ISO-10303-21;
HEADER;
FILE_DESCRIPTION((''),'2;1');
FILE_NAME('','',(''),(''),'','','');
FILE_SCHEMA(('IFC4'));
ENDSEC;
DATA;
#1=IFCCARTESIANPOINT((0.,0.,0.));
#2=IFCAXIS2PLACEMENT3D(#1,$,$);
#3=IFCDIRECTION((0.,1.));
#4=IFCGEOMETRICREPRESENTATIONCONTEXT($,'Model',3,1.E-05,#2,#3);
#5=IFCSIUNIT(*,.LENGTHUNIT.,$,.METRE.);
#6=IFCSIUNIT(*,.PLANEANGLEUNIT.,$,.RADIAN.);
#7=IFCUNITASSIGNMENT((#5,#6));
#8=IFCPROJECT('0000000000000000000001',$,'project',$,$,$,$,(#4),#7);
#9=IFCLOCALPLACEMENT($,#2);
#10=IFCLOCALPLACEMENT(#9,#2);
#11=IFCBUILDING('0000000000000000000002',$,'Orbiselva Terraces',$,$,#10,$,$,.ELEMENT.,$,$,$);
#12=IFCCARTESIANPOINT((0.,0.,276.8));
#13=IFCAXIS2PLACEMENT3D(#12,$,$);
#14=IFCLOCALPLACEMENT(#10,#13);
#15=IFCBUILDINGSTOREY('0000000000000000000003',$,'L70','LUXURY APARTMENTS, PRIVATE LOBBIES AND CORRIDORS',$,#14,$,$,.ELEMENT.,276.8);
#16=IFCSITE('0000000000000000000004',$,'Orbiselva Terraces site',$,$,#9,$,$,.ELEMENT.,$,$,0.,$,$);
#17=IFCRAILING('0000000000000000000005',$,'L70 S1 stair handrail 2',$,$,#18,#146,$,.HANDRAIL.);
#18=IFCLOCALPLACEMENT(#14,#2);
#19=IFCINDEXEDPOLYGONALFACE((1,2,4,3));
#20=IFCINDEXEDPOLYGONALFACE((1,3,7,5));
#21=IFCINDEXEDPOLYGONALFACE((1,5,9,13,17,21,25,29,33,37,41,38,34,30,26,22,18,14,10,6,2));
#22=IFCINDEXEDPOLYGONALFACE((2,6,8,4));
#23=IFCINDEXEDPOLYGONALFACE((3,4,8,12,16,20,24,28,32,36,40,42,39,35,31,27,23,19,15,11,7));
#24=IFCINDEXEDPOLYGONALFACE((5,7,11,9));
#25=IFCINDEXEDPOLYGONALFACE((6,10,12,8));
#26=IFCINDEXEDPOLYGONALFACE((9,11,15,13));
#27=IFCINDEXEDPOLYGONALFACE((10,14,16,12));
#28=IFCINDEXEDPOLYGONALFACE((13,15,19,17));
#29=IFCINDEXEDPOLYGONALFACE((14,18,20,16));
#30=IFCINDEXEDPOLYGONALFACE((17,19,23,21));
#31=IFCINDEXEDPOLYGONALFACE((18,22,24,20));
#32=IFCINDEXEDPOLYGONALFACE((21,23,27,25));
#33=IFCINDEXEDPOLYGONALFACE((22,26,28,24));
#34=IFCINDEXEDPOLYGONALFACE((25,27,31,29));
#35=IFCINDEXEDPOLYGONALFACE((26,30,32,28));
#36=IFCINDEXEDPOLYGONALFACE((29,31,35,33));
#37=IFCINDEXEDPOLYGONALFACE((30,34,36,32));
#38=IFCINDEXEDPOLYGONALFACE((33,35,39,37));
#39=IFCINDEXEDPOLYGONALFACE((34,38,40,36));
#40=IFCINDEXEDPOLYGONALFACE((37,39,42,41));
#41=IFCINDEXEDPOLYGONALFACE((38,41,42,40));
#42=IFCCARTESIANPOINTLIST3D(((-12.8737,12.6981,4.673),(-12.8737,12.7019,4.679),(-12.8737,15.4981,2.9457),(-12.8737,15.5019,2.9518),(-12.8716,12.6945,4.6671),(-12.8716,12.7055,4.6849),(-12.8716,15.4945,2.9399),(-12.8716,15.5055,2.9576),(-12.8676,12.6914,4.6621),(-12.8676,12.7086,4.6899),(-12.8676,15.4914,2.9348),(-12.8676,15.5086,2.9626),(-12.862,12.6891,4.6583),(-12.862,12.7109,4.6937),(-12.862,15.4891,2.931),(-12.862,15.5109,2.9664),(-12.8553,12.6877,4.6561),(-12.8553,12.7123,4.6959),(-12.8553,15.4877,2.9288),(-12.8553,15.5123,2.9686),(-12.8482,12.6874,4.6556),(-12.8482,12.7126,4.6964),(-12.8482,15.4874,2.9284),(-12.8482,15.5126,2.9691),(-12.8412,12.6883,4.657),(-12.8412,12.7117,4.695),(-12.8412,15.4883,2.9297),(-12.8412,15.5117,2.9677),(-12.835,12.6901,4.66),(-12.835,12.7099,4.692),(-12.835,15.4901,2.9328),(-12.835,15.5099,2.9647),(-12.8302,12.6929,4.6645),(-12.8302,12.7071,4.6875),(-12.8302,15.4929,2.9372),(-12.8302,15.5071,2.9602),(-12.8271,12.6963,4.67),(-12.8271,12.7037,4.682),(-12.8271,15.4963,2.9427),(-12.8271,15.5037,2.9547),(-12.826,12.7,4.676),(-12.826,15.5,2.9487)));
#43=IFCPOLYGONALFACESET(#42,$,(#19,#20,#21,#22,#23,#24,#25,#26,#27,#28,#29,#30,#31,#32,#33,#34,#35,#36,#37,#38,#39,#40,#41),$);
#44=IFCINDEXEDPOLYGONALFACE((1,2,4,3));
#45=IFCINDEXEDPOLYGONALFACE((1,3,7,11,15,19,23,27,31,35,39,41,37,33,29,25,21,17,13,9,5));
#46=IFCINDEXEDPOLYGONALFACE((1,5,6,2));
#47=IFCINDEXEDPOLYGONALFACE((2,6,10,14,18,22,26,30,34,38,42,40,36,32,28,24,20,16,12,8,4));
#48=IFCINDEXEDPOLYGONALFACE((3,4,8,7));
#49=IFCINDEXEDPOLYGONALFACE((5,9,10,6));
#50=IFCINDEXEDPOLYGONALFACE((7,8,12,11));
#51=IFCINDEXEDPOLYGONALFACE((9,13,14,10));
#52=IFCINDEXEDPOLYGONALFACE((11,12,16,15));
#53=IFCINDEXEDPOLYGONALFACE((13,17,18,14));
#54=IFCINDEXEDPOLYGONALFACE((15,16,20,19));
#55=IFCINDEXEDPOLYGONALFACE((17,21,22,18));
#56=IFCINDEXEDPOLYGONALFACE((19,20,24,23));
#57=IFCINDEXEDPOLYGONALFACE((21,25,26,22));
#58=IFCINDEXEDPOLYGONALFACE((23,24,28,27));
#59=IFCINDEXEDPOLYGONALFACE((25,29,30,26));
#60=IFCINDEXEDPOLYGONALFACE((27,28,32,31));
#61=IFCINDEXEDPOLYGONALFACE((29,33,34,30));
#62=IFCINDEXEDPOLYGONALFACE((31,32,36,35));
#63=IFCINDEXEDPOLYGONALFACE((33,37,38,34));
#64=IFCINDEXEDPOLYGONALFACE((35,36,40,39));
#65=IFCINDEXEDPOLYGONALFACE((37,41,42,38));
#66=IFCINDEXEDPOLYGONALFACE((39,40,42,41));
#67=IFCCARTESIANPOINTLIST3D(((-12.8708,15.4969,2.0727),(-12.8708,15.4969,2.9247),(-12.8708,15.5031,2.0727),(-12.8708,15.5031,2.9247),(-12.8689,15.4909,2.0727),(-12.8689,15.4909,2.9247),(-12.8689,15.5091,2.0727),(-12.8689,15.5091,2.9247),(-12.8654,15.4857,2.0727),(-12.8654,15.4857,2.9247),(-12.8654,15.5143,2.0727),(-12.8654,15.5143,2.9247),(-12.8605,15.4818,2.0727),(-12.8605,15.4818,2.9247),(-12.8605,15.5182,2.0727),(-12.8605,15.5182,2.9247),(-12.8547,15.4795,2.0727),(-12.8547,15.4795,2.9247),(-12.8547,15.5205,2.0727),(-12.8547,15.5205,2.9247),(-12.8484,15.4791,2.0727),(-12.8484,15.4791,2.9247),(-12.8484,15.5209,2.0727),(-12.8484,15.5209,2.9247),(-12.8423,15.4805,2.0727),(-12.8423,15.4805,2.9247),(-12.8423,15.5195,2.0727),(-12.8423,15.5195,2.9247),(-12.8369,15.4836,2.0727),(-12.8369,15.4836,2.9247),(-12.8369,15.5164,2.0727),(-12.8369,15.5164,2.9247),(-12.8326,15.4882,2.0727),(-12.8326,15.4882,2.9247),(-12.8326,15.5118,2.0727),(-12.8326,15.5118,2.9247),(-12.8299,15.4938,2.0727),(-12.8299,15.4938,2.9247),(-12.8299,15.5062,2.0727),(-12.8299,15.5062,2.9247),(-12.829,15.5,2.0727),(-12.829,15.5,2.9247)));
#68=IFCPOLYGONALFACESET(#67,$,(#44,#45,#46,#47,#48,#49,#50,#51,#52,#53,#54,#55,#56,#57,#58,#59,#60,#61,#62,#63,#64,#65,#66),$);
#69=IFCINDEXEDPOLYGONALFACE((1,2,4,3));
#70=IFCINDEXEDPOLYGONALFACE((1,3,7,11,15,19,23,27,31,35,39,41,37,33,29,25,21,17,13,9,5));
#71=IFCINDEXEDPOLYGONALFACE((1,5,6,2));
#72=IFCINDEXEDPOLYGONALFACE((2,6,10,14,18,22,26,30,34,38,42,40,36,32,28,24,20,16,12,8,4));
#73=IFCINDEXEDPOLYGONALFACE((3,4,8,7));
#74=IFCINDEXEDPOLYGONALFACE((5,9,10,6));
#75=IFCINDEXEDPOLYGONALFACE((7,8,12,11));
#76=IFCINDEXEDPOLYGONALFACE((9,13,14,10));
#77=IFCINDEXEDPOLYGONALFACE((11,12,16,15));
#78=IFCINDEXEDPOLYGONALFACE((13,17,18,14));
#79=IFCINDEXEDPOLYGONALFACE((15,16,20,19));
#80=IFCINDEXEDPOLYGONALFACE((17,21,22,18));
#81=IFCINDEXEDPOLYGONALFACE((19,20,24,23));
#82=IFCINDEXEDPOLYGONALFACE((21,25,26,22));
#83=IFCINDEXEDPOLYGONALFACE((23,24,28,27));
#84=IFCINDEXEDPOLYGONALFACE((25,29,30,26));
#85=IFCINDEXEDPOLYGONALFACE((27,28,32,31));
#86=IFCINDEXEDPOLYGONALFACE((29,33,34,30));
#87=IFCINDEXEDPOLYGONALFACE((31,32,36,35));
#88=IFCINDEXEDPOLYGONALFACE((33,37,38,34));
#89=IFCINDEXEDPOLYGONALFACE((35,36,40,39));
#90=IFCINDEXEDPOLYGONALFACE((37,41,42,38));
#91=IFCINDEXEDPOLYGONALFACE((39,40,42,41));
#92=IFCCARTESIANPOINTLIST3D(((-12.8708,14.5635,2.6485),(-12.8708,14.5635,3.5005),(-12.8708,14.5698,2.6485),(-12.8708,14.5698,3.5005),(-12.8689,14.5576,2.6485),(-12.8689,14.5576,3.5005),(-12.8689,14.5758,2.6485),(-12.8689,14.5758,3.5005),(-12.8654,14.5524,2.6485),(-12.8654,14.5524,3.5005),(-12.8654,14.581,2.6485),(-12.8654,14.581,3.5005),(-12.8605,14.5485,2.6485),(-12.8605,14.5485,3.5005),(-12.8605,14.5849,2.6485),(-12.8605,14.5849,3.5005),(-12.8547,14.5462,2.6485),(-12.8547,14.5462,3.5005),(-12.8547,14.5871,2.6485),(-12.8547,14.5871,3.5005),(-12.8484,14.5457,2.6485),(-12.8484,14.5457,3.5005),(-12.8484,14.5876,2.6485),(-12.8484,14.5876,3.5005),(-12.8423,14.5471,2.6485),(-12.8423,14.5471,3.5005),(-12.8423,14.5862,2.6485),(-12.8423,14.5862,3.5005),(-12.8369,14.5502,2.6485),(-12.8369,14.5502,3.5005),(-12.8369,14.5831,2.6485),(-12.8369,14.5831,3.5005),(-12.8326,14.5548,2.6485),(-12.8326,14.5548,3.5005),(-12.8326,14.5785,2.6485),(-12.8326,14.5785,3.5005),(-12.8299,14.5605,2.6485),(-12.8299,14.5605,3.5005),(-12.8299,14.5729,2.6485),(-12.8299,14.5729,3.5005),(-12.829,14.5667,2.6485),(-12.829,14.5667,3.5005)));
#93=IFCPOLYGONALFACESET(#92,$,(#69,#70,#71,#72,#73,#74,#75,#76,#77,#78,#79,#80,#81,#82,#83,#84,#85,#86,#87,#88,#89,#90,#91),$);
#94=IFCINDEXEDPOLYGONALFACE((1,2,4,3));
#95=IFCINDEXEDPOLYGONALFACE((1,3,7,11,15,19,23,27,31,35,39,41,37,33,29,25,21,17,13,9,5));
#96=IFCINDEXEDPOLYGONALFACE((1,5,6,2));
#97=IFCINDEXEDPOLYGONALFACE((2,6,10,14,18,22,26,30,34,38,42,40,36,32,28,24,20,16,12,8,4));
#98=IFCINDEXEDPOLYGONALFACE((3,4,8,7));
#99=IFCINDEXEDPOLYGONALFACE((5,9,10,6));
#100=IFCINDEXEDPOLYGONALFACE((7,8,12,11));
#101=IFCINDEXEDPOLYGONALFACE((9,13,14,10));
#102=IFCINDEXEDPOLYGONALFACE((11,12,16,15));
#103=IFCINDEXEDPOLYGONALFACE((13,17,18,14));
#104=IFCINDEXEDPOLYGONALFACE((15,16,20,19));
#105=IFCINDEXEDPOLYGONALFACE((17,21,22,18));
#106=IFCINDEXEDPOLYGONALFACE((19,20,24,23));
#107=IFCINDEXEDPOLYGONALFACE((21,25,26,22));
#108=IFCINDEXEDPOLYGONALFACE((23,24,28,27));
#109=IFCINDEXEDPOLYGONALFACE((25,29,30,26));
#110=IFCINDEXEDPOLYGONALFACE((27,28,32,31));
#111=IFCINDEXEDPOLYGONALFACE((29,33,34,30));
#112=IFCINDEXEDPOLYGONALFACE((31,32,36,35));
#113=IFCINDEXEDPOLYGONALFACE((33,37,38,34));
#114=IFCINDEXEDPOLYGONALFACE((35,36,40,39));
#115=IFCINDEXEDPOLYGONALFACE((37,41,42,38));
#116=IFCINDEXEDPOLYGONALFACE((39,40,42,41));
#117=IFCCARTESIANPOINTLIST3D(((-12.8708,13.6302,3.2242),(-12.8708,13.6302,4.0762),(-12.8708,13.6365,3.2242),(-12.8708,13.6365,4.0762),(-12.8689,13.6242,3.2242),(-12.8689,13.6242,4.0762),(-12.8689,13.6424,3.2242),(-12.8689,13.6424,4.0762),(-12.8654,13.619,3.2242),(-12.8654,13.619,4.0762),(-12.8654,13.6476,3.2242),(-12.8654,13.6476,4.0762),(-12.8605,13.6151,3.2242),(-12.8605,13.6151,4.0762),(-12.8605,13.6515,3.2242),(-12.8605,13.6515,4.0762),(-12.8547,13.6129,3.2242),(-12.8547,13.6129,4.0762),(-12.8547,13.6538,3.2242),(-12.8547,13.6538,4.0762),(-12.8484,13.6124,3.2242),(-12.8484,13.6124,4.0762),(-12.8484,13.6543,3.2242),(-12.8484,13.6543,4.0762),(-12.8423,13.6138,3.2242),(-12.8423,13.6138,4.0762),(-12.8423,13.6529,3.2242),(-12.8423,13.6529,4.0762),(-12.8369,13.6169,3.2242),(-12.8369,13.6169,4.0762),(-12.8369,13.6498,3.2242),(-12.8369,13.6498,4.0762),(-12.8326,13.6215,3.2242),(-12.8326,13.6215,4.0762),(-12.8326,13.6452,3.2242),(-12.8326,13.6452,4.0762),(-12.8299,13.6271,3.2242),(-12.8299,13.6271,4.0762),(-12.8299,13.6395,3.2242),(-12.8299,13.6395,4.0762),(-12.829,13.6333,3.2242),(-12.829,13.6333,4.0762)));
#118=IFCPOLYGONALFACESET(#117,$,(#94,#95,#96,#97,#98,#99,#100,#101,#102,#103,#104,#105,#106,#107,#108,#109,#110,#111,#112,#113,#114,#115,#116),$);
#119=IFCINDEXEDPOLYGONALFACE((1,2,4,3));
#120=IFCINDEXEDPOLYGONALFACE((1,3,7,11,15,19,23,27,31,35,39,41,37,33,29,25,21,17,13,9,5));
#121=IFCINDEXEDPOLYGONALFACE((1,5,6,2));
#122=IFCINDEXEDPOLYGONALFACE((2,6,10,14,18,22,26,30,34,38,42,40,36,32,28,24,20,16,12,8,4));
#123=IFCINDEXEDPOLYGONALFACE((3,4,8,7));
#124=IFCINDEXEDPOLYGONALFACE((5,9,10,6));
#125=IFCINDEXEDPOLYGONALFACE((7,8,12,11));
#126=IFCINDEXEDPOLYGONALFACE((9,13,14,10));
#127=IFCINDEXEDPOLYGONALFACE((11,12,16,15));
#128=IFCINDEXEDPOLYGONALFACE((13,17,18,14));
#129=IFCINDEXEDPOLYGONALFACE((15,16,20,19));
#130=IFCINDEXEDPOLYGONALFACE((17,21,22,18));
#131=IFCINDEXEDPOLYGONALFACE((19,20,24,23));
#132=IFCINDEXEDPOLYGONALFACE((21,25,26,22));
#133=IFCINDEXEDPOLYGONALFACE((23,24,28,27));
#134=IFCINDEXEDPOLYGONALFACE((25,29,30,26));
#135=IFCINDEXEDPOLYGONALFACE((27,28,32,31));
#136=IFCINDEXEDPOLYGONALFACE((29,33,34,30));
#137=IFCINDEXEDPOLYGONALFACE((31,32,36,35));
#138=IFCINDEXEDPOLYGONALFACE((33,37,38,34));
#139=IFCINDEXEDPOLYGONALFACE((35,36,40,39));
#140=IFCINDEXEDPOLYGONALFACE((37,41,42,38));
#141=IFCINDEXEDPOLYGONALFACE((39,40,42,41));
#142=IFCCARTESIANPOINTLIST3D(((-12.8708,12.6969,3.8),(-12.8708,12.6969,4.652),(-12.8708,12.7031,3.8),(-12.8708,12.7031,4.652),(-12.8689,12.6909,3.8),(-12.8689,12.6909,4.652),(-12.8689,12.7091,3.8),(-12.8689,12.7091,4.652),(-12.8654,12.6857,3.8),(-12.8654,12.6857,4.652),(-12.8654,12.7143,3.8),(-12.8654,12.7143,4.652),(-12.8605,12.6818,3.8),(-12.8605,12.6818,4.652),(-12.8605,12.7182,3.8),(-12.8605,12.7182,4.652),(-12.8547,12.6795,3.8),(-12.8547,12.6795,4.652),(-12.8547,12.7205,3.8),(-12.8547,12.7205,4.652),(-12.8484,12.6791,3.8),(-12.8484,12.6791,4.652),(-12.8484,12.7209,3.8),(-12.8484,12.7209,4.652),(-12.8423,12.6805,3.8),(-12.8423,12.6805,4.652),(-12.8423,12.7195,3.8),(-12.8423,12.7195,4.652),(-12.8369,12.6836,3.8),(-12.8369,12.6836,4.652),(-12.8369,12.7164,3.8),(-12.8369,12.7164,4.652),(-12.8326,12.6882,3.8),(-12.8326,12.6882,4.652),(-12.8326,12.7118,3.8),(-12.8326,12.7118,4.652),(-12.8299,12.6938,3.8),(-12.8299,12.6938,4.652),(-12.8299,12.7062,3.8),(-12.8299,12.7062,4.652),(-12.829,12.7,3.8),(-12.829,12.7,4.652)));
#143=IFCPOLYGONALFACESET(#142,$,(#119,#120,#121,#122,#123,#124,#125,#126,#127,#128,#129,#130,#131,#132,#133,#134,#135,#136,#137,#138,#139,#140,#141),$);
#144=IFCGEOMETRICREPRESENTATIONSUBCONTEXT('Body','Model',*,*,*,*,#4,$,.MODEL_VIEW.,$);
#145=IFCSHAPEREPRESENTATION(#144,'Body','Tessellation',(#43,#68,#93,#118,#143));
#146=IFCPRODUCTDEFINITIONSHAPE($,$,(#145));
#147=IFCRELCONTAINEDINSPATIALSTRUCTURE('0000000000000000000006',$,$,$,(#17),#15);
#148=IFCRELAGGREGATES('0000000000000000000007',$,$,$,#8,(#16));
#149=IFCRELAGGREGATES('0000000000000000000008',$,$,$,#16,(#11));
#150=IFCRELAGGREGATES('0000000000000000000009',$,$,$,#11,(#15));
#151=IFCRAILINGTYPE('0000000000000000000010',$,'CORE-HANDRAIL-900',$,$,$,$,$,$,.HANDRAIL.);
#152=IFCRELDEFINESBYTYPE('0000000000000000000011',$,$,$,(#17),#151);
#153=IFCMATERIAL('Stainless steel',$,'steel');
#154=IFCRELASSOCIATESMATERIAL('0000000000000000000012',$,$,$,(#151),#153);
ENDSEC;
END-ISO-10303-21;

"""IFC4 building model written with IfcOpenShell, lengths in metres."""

from ifc_helpers import new_model, si_unit, direction, frame, origin, origin_2d, place, context, subcontext, project, spatial, circle, extrude, material, type_object, element, save


model = new_model("IFC4")

# Units and contexts
model_context = context("Model", 3, precision=1e-05, world=origin(), true_north=direction((0.0, 1.0)))
body_context = subcontext(model_context, "Body", "Model", "MODEL_VIEW")
ifc_project = project(units=[si_unit("LENGTHUNIT", "METRE"), si_unit("PLANEANGLEUNIT", "RADIAN")], contexts=[model_context])

# Site, building, storey
site_placement = place(None, origin())
site = spatial("IfcSite", under=ifc_project, at=site_placement, Name="Orbiselva Terraces site", CompositionType="ELEMENT", RefElevation=0.0)
building_placement = place(site_placement, origin())
building = spatial("IfcBuilding", under=site, at=building_placement, Name="Orbiselva Terraces", CompositionType="ELEMENT")
storey_placement = place(building_placement, frame((0.0, 0.0, 276.8)))
storey = spatial("IfcBuildingStorey", under=building, at=storey_placement, Name="L70", Description="LUXURY APARTMENTS, PRIVATE LOBBIES AND CORRIDORS", CompositionType="ELEMENT", Elevation=276.8)

# Railing
ifc_material_1 = material(Name="Stainless steel", Category="steel")
railing_type_1 = type_object("IfcRailingType", Name="CORE-HANDRAIL-900", PredefinedType="HANDRAIL", material=ifc_material_1)
railing_1_placement = place(storey_placement, frame((-12.85, 15.5, 2.0727)))
element("IfcRailing", 1, at=railing_1_placement, inside=storey, type_object=railing_type_1, Name="L70 S1 stair handrail 2", PredefinedType="HANDRAIL", context=body_context, shape_type="SweptSolid", body=[
    extrude(circle(Radius=0.024, at=origin_2d()), frame((0.0, 0.0, 0.876), z_axis=(0.0, -0.851089, 0.525022), x_axis=(1.0, 0.0, 0.0)), (0.0, 0.0, 1.0), 3.2899),
    extrude(circle(Radius=0.021, at=origin_2d()), origin(), (0.0, 0.0, 1.0), 0.852),
    extrude(circle(Radius=0.021, at=origin_2d()), frame((0.0, -0.9333, 0.5758)), (0.0, 0.0, 1.0), 0.852),
    extrude(circle(Radius=0.021, at=origin_2d()), frame((0.0, -1.8667, 1.1515)), (0.0, 0.0, 1.0), 0.852),
    extrude(circle(Radius=0.021, at=origin_2d()), frame((0.0, -2.8, 1.7273)), (0.0, 0.0, 1.0), 0.852),
])

save(model, "model.ifc")
